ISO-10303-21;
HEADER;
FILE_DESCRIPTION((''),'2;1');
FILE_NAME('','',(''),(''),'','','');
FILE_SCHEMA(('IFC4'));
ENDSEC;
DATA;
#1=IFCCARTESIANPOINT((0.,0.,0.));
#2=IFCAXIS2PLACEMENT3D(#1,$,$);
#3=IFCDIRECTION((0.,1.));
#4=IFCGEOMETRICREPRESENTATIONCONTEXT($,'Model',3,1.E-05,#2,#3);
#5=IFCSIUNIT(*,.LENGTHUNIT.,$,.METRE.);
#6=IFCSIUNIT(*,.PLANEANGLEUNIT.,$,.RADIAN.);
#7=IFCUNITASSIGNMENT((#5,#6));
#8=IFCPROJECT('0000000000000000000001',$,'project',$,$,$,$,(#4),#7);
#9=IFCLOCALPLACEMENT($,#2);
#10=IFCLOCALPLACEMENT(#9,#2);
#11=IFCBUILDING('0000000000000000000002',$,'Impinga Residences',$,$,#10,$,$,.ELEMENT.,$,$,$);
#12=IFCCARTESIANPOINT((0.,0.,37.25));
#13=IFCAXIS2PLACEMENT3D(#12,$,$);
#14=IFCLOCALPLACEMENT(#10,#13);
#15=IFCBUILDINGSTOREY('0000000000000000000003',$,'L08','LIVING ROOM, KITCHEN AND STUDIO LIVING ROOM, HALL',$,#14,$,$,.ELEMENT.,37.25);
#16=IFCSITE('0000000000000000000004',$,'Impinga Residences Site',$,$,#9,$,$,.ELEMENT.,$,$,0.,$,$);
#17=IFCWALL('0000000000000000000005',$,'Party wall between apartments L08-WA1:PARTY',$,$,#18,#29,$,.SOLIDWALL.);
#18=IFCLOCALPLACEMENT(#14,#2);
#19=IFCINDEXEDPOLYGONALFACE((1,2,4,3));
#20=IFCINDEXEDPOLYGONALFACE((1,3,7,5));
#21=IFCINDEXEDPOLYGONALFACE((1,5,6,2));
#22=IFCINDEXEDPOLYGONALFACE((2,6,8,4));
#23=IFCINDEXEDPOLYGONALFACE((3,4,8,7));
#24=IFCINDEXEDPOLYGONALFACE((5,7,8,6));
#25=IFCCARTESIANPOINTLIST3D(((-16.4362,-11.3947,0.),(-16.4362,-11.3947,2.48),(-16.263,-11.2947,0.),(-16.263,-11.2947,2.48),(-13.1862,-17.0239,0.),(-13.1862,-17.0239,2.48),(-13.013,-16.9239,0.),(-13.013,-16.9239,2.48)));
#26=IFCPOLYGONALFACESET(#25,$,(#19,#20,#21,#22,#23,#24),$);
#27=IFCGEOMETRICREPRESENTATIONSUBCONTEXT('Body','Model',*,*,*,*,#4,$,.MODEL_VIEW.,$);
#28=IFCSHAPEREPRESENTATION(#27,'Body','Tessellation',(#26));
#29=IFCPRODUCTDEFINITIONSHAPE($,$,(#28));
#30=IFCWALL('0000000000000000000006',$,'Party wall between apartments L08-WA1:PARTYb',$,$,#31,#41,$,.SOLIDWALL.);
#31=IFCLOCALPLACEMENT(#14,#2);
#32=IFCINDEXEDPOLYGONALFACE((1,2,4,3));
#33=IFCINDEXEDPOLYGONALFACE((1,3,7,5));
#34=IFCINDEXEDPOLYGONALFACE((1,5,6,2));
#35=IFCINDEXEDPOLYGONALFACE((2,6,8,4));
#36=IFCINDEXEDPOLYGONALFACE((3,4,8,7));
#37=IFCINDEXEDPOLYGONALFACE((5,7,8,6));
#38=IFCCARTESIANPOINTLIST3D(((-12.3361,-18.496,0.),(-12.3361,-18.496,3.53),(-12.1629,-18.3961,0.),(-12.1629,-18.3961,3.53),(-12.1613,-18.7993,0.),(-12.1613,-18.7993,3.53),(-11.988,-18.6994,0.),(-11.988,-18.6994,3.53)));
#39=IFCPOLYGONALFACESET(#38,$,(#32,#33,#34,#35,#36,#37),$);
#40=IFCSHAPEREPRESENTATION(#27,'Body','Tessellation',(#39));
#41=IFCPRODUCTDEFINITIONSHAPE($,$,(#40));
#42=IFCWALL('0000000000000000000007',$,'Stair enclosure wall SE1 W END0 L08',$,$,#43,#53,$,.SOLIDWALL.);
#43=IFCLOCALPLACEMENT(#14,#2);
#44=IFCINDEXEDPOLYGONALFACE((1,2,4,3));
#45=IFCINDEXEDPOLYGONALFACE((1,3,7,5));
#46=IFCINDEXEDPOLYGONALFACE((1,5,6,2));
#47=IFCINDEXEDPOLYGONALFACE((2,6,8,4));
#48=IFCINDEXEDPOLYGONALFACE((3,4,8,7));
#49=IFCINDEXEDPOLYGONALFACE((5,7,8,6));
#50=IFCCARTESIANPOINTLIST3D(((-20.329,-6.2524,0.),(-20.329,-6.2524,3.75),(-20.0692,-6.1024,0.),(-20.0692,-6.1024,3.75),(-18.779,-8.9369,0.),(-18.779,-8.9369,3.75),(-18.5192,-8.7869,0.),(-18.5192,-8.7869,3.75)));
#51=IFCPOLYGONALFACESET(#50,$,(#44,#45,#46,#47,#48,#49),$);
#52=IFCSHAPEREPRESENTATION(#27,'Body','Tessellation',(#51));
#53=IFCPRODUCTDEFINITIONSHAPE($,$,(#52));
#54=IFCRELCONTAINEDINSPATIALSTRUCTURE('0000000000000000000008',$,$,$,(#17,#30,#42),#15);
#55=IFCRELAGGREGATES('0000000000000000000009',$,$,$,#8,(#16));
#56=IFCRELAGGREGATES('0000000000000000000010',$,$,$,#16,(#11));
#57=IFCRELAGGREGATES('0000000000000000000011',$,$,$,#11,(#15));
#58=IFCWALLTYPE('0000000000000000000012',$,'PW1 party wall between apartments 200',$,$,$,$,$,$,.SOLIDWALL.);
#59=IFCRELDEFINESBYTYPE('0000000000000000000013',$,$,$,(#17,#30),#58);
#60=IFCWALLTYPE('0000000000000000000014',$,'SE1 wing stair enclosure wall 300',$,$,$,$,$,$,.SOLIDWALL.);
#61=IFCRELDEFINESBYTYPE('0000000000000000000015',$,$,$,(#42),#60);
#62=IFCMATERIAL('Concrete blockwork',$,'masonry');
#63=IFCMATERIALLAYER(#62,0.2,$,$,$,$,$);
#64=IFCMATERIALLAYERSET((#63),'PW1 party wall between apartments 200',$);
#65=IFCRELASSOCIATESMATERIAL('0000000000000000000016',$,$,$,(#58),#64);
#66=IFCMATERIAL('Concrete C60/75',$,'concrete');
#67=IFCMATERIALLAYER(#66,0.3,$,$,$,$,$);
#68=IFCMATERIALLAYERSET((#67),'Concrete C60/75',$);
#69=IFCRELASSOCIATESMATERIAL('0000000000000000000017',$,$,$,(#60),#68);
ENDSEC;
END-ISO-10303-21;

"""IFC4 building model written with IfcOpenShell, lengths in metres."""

from ifc_helpers import new_model, si_unit, direction, frame, frame_2d, origin, place, context, subcontext, project, spatial, rectangle, extrude, material, layer, layer_set, type_object, element, save


model = new_model("IFC4")

# Units and contexts
model_context = context("Model", 3, precision=1e-05, world=origin(), true_north=direction((0.0, 1.0)))
body_context = subcontext(model_context, "Body", "Model", "MODEL_VIEW")
ifc_project = project(units=[si_unit("LENGTHUNIT", "METRE"), si_unit("PLANEANGLEUNIT", "RADIAN")], contexts=[model_context])

# Site, building, storey
site_placement = place(None, origin())
site = spatial("IfcSite", under=ifc_project, at=site_placement, Name="Impinga Residences Site", CompositionType="ELEMENT", RefElevation=0.0)
building_placement = place(site_placement, origin())
building = spatial("IfcBuilding", under=site, at=building_placement, Name="Impinga Residences", CompositionType="ELEMENT")
storey_placement = place(building_placement, frame((0.0, 0.0, 37.25)))
storey = spatial("IfcBuildingStorey", under=building, at=storey_placement, Name="L08", Description="LIVING ROOM, KITCHEN AND STUDIO LIVING ROOM, HALL", CompositionType="ELEMENT", Elevation=37.25)

# Shared definitions
ifc_material_1 = material(Name="Concrete C60/75", Category="concrete")

# Walls
ifc_material_2 = material(Name="Concrete blockwork", Category="masonry")
ifc_layer_1 = layer(ifc_material_2, 0.2)
ifc_layer_set_1 = layer_set([ifc_layer_1], Name="PW1 party wall between apartments 200")
wall_type_1 = type_object("IfcWallType", Name="PW1 party wall between apartments 200", PredefinedType="SOLIDWALL", material=ifc_layer_set_1)
wall_1_placement = place(storey_placement, frame((-16.3496, -11.3447, 0.0), z_axis=(0.0, 0.0, 1.0), x_axis=(0.500001, -0.866025, 0.0)))
element("IfcWall", 1, at=wall_1_placement, inside=storey, type_object=wall_type_1, Name="Party wall between apartments L08-WA1:PARTY", PredefinedType="SOLIDWALL", context=body_context, shape_type="SweptSolid", body=[
    extrude(rectangle(XDim=6.5, YDim=0.2, at=frame_2d((3.25, 0.0))), origin(), (0.0, 0.0, 1.0), 2.48),
])
wall_2_placement = place(storey_placement, frame((-12.2495, -18.446, 0.0), z_axis=(0.0, 0.0, 1.0), x_axis=(0.499441, -0.866348, 0.0)))
element("IfcWall", 2, at=wall_2_placement, inside=storey, type_object=wall_type_1, Name="Party wall between apartments L08-WA1:PARTYb", PredefinedType="SOLIDWALL", context=body_context, shape_type="SweptSolid", body=[
    extrude(rectangle(XDim=0.3501, YDim=0.2, at=frame_2d((0.175, 0.0))), origin(), (0.0, 0.0, 1.0), 3.53),
])
ifc_layer_2 = layer(ifc_material_1, 0.3)
ifc_layer_set_2 = layer_set([ifc_layer_2], Name="Concrete C60/75")
wall_type_2 = type_object("IfcWallType", Name="SE1 wing stair enclosure wall 300", PredefinedType="SOLIDWALL", material=ifc_layer_set_2)
wall_3_placement = place(storey_placement, frame((-18.6492, -8.8618, 0.0), z_axis=(0.0, 0.0, 1.0), x_axis=(-0.500027, 0.86601, 0.0)))
element("IfcWall", 3, at=wall_3_placement, inside=storey, type_object=wall_type_2, Name="Stair enclosure wall SE1 W END0 L08", PredefinedType="SOLIDWALL", context=body_context, shape_type="SweptSolid", body=[
    extrude(rectangle(XDim=3.0999, YDim=0.3, at=frame_2d((1.5498, 0.0))), origin(), (0.0, 0.0, 1.0), 3.75),
])

save(model, "model.ifc")
